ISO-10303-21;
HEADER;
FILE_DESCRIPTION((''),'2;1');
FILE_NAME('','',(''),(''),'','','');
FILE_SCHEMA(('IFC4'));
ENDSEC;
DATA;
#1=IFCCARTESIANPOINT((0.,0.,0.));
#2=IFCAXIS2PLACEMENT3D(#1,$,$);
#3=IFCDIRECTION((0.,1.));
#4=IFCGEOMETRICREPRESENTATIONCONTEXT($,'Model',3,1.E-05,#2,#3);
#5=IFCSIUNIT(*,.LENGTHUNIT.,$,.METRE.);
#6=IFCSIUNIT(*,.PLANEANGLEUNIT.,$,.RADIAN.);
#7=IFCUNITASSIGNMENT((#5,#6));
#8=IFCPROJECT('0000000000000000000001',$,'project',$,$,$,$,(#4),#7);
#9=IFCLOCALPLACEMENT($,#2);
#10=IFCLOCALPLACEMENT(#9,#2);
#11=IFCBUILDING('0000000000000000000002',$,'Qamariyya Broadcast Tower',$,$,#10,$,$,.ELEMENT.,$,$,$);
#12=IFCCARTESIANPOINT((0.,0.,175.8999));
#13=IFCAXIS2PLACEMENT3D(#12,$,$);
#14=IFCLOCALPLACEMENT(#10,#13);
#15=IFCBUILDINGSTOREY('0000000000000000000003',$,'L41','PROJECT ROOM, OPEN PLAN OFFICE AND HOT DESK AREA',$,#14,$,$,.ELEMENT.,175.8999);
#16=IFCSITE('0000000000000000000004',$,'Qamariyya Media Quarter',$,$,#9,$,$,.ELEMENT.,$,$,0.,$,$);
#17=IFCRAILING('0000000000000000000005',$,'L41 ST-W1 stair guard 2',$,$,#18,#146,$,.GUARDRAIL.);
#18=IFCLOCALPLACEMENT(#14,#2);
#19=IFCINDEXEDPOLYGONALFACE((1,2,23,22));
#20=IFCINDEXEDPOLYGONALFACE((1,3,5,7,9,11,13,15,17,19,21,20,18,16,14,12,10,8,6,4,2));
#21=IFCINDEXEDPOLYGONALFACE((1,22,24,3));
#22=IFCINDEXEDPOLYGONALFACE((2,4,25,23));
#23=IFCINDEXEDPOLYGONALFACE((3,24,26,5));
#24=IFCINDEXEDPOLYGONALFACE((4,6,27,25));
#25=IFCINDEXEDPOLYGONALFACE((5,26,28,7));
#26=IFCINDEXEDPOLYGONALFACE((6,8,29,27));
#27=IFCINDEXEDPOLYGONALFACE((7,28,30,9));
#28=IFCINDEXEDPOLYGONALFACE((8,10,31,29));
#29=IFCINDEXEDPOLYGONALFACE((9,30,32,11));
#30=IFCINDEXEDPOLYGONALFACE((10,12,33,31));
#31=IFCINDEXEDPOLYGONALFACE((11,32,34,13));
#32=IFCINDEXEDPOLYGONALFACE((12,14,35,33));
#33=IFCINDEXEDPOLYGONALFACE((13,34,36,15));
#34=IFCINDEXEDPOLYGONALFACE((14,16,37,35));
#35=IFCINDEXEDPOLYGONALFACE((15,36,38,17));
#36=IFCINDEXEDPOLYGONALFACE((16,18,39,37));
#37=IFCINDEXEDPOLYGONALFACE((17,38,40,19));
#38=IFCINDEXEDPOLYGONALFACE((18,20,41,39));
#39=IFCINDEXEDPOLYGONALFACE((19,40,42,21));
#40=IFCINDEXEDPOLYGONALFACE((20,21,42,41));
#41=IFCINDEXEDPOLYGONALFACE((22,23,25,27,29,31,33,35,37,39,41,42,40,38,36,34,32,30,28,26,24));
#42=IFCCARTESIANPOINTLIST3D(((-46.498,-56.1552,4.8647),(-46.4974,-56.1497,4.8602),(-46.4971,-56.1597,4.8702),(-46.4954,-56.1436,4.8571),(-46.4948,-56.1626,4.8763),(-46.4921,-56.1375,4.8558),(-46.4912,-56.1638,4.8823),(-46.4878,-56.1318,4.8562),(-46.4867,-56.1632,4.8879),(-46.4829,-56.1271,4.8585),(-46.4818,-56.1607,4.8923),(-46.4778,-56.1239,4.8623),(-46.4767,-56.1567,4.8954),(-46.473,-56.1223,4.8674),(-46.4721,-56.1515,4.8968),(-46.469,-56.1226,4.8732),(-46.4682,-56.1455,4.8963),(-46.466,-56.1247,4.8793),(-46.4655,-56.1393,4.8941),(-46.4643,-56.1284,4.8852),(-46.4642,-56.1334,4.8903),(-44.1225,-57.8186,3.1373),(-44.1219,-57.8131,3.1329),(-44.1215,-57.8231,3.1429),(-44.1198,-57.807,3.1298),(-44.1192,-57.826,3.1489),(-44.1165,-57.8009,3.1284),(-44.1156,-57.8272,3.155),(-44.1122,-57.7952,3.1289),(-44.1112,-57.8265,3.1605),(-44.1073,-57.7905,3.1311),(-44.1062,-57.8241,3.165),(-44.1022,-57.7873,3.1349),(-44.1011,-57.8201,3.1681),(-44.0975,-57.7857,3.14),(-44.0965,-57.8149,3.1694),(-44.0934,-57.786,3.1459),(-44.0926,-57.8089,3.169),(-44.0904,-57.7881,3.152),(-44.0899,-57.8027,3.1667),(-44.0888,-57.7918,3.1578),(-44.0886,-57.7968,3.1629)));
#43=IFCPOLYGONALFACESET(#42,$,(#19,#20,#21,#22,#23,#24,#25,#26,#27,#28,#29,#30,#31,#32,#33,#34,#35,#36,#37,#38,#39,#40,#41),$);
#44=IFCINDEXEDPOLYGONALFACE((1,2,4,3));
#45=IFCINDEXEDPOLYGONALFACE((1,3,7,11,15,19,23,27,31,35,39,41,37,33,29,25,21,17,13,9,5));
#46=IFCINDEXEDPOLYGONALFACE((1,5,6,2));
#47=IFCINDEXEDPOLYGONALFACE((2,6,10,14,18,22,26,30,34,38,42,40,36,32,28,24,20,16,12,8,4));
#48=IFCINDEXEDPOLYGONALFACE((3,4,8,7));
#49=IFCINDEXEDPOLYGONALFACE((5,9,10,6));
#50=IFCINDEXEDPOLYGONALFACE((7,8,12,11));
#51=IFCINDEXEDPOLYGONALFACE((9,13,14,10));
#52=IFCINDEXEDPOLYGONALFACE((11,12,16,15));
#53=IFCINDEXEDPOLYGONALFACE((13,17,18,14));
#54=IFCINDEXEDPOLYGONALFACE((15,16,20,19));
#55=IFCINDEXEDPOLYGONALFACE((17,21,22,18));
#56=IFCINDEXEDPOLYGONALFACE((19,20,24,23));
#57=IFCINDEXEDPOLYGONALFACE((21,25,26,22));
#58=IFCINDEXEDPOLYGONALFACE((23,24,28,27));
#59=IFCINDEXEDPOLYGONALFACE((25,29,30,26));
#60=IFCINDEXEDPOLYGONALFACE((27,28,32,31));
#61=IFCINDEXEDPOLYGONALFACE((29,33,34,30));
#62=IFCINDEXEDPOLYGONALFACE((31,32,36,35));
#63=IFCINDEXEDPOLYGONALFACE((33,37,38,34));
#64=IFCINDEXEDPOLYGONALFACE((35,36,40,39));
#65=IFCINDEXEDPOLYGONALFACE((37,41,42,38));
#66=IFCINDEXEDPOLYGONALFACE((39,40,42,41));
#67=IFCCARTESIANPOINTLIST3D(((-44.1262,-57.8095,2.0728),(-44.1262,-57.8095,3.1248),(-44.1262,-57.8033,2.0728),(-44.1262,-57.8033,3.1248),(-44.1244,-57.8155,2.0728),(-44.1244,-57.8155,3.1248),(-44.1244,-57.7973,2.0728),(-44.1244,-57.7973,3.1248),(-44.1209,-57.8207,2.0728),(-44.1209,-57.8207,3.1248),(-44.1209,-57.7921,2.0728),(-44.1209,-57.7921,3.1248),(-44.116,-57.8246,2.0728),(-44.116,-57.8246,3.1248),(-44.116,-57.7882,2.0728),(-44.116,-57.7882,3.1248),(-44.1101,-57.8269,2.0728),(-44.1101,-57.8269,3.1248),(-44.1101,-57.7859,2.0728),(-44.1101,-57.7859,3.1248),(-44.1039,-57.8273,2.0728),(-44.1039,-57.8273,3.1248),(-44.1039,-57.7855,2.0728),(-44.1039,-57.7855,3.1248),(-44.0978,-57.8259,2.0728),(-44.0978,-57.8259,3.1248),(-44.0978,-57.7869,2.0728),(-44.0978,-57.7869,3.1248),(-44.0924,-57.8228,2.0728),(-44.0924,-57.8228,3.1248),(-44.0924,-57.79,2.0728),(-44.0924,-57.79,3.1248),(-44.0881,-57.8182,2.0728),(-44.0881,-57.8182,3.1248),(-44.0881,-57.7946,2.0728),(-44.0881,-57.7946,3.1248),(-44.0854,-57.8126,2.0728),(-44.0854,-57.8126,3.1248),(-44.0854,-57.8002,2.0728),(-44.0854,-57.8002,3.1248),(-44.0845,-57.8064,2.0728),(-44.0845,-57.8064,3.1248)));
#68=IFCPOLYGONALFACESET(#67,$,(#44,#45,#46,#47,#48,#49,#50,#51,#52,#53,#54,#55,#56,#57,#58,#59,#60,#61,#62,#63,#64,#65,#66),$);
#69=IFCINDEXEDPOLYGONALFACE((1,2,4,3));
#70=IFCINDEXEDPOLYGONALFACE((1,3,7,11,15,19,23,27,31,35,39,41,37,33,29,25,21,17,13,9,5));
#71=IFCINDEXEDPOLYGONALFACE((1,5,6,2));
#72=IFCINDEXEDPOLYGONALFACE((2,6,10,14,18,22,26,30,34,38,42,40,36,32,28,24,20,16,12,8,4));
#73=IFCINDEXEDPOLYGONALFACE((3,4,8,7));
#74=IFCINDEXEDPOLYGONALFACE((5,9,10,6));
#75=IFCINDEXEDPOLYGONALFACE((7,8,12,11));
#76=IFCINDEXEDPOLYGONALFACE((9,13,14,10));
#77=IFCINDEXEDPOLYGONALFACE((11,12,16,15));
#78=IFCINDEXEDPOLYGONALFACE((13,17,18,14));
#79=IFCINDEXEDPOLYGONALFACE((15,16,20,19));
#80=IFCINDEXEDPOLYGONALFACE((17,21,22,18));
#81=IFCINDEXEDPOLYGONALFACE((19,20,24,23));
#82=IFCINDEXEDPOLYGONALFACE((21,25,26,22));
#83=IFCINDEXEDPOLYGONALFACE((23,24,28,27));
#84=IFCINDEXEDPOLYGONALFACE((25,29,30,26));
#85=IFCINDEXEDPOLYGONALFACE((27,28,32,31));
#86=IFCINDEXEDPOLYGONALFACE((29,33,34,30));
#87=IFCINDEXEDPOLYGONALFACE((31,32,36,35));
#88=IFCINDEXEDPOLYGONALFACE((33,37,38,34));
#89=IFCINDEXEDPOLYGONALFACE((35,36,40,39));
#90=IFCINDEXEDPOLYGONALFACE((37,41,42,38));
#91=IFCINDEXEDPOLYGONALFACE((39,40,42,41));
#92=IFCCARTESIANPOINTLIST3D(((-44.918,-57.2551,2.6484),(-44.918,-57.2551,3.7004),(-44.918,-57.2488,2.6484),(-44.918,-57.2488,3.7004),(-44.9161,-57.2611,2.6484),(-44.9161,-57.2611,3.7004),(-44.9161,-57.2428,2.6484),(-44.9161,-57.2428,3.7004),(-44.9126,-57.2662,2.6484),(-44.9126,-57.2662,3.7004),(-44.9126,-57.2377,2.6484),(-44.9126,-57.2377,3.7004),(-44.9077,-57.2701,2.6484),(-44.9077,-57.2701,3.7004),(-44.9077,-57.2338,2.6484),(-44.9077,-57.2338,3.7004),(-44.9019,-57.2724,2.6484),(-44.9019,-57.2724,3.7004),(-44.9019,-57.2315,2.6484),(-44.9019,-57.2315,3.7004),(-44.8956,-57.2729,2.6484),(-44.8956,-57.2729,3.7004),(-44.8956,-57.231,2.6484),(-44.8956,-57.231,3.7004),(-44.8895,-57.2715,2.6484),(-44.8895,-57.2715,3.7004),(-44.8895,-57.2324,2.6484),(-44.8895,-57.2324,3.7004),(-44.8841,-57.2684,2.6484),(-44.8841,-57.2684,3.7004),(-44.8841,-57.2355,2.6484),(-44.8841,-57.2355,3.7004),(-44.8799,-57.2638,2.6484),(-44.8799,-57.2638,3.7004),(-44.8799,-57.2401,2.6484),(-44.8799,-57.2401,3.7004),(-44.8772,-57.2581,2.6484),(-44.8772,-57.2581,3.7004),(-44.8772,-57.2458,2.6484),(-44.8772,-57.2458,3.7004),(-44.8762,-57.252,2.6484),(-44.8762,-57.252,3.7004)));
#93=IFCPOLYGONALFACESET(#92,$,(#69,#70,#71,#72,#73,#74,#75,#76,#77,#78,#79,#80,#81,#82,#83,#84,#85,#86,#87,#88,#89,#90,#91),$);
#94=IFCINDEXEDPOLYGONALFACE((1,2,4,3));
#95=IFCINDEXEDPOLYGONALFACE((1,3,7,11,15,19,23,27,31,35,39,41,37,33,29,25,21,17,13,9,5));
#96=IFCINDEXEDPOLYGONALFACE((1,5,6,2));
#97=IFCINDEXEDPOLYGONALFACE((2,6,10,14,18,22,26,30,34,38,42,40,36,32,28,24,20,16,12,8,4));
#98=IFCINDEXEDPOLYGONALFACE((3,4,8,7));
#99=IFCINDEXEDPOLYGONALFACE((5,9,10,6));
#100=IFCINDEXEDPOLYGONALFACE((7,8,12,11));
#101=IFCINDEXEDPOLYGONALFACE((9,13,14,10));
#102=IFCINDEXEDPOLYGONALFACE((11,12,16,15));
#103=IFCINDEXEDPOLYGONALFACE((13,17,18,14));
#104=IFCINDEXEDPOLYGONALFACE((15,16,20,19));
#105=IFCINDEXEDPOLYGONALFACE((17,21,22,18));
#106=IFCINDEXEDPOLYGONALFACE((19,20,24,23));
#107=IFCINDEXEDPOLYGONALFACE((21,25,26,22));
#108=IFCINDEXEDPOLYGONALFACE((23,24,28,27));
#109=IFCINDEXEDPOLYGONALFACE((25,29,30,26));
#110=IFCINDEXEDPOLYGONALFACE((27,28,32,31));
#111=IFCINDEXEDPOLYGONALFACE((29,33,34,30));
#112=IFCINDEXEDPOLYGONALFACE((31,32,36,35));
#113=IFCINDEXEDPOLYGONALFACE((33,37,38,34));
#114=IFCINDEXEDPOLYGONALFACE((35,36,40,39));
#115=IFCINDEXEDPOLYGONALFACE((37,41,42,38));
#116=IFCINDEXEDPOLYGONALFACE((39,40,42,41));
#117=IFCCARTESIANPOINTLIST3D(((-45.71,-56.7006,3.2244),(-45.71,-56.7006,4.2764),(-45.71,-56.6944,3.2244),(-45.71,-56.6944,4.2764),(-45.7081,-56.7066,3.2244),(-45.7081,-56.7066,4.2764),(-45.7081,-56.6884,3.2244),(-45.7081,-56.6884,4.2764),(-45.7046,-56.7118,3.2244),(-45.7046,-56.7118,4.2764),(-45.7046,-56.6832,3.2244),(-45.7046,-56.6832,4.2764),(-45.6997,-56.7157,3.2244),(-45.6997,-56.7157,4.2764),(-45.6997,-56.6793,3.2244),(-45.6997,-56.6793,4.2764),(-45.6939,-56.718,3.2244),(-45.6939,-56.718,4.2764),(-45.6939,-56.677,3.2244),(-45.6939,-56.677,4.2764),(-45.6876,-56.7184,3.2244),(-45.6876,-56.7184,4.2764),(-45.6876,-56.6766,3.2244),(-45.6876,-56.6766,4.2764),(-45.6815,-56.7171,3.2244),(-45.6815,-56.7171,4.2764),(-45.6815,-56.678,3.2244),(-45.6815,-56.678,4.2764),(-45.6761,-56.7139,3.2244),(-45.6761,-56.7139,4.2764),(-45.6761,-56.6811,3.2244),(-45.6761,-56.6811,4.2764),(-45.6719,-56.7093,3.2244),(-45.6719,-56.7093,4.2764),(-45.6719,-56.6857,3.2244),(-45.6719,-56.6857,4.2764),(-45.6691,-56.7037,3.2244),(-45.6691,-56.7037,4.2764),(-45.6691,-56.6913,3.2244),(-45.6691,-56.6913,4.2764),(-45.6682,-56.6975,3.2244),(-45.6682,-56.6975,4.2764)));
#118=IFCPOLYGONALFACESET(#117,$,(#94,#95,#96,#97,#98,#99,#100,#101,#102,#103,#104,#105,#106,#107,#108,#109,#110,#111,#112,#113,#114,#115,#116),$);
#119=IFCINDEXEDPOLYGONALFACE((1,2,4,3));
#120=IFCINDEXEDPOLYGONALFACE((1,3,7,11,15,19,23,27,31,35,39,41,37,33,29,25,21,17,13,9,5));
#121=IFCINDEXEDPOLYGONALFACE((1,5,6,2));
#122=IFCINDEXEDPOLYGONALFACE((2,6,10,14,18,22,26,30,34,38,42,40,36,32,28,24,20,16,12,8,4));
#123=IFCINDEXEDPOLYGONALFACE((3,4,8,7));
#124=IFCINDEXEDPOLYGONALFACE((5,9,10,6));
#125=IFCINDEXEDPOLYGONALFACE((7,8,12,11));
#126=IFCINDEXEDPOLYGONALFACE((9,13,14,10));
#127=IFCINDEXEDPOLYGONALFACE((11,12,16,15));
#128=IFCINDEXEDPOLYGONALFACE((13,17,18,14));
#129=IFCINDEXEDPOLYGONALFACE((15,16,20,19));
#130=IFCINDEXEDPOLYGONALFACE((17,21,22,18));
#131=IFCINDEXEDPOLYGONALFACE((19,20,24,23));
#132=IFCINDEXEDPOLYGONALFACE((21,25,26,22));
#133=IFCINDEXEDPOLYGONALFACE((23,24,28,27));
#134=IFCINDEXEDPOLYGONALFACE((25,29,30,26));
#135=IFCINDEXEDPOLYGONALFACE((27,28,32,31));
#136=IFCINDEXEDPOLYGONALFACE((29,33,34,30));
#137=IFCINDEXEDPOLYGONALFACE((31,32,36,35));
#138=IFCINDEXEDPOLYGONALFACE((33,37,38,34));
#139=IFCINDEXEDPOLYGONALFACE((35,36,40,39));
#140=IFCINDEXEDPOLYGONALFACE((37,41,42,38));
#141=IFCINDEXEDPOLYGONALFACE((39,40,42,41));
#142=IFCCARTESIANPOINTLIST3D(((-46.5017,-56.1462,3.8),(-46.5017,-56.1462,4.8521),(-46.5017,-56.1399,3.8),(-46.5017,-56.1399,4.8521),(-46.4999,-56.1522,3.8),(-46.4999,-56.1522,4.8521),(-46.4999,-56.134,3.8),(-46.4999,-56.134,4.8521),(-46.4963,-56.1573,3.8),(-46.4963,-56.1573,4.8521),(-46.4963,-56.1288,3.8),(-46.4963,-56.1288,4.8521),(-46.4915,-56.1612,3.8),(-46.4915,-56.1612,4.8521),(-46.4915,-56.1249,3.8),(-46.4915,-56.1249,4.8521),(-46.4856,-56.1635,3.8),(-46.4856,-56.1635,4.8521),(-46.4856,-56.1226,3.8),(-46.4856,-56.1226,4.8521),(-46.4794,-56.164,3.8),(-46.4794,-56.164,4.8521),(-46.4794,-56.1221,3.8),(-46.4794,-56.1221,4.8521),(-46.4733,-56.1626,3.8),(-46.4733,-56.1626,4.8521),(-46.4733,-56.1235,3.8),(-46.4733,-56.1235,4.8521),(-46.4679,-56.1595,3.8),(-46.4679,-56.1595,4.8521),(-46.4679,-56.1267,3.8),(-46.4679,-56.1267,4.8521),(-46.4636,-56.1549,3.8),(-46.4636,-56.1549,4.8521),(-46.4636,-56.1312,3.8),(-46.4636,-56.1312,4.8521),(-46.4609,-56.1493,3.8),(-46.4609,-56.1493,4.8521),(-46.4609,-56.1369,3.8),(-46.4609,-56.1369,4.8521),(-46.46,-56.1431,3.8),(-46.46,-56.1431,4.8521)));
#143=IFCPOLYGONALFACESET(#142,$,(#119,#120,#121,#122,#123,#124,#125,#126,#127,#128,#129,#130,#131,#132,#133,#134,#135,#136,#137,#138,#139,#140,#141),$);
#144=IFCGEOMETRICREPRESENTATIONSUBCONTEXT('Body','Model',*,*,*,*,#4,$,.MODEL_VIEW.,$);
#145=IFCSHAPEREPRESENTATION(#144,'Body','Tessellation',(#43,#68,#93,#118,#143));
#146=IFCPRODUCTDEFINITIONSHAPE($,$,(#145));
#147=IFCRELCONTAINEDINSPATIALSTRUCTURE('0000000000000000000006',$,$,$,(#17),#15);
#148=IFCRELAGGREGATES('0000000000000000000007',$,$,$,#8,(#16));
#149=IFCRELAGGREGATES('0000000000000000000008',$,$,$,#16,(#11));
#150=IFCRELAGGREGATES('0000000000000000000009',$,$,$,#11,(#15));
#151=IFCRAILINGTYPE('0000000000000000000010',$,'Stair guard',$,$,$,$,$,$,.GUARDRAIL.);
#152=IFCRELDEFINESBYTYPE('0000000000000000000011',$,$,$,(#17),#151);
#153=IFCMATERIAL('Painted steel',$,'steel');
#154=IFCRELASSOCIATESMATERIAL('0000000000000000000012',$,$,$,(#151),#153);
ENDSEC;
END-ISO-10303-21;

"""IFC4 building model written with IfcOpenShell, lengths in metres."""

from ifc_helpers import new_model, si_unit, direction, frame, origin, origin_2d, place, context, subcontext, project, spatial, circle, extrude, material, type_object, element, save


model = new_model("IFC4")

# Units and contexts
model_context = context("Model", 3, precision=1e-05, world=origin(), true_north=direction((0.0, 1.0)))
body_context = subcontext(model_context, "Body", "Model", "MODEL_VIEW")
ifc_project = project(units=[si_unit("LENGTHUNIT", "METRE"), si_unit("PLANEANGLEUNIT", "RADIAN")], contexts=[model_context])

# Site, building, storey
site_placement = place(None, origin())
site = spatial("IfcSite", under=ifc_project, at=site_placement, Name="Qamariyya Media Quarter", CompositionType="ELEMENT", RefElevation=0.0)
building_placement = place(site_placement, origin())
building = spatial("IfcBuilding", under=site, at=building_placement, Name="Qamariyya Broadcast Tower", CompositionType="ELEMENT")
storey_placement = place(building_placement, frame((0.0, 0.0, 175.8999)))
storey = spatial("IfcBuildingStorey", under=building, at=storey_placement, Name="L41", Description="PROJECT ROOM, OPEN PLAN OFFICE AND HOT DESK AREA", CompositionType="ELEMENT", Elevation=175.8999)

# Railing
ifc_material_1 = material(Name="Painted steel", Category="steel")
railing_type_1 = type_object("IfcRailingType", Name="Stair guard", PredefinedType="GUARDRAIL", material=ifc_material_1)
railing_1_placement = place(storey_placement, frame((-44.1055, -57.8064, 2.0728)))
element("IfcRailing", 1, at=railing_1_placement, inside=storey, type_object=railing_type_1, Name="L41 ST-W1 stair guard 2", PredefinedType="GUARDRAIL", context=body_context, shape_type="SweptSolid", body=[
    extrude(circle(Radius=0.0239, at=origin_2d()), frame((0.0, 0.0, 1.0762), z_axis=(-0.70377, 0.492784, 0.511734), x_axis=(-0.573575, -0.819153, 0.0)), (0.0, 0.0, 1.0), 3.3755),
    extrude(circle(Radius=0.021, at=origin_2d()), origin(), (0.0, 0.0, 1.0), 1.052),
    extrude(circle(Radius=0.021, at=origin_2d()), frame((-0.7917, 0.5544, 0.5757)), (0.0, 0.0, 1.0), 1.052),
    extrude(circle(Radius=0.021, at=origin_2d()), frame((-1.5837, 1.1089, 1.1516)), (0.0, 0.0, 1.0), 1.052),
    extrude(circle(Radius=0.021, at=origin_2d()), frame((-2.3755, 1.6633, 1.7273)), (0.0, 0.0, 1.0), 1.052),
])

save(model, "model.ifc")
